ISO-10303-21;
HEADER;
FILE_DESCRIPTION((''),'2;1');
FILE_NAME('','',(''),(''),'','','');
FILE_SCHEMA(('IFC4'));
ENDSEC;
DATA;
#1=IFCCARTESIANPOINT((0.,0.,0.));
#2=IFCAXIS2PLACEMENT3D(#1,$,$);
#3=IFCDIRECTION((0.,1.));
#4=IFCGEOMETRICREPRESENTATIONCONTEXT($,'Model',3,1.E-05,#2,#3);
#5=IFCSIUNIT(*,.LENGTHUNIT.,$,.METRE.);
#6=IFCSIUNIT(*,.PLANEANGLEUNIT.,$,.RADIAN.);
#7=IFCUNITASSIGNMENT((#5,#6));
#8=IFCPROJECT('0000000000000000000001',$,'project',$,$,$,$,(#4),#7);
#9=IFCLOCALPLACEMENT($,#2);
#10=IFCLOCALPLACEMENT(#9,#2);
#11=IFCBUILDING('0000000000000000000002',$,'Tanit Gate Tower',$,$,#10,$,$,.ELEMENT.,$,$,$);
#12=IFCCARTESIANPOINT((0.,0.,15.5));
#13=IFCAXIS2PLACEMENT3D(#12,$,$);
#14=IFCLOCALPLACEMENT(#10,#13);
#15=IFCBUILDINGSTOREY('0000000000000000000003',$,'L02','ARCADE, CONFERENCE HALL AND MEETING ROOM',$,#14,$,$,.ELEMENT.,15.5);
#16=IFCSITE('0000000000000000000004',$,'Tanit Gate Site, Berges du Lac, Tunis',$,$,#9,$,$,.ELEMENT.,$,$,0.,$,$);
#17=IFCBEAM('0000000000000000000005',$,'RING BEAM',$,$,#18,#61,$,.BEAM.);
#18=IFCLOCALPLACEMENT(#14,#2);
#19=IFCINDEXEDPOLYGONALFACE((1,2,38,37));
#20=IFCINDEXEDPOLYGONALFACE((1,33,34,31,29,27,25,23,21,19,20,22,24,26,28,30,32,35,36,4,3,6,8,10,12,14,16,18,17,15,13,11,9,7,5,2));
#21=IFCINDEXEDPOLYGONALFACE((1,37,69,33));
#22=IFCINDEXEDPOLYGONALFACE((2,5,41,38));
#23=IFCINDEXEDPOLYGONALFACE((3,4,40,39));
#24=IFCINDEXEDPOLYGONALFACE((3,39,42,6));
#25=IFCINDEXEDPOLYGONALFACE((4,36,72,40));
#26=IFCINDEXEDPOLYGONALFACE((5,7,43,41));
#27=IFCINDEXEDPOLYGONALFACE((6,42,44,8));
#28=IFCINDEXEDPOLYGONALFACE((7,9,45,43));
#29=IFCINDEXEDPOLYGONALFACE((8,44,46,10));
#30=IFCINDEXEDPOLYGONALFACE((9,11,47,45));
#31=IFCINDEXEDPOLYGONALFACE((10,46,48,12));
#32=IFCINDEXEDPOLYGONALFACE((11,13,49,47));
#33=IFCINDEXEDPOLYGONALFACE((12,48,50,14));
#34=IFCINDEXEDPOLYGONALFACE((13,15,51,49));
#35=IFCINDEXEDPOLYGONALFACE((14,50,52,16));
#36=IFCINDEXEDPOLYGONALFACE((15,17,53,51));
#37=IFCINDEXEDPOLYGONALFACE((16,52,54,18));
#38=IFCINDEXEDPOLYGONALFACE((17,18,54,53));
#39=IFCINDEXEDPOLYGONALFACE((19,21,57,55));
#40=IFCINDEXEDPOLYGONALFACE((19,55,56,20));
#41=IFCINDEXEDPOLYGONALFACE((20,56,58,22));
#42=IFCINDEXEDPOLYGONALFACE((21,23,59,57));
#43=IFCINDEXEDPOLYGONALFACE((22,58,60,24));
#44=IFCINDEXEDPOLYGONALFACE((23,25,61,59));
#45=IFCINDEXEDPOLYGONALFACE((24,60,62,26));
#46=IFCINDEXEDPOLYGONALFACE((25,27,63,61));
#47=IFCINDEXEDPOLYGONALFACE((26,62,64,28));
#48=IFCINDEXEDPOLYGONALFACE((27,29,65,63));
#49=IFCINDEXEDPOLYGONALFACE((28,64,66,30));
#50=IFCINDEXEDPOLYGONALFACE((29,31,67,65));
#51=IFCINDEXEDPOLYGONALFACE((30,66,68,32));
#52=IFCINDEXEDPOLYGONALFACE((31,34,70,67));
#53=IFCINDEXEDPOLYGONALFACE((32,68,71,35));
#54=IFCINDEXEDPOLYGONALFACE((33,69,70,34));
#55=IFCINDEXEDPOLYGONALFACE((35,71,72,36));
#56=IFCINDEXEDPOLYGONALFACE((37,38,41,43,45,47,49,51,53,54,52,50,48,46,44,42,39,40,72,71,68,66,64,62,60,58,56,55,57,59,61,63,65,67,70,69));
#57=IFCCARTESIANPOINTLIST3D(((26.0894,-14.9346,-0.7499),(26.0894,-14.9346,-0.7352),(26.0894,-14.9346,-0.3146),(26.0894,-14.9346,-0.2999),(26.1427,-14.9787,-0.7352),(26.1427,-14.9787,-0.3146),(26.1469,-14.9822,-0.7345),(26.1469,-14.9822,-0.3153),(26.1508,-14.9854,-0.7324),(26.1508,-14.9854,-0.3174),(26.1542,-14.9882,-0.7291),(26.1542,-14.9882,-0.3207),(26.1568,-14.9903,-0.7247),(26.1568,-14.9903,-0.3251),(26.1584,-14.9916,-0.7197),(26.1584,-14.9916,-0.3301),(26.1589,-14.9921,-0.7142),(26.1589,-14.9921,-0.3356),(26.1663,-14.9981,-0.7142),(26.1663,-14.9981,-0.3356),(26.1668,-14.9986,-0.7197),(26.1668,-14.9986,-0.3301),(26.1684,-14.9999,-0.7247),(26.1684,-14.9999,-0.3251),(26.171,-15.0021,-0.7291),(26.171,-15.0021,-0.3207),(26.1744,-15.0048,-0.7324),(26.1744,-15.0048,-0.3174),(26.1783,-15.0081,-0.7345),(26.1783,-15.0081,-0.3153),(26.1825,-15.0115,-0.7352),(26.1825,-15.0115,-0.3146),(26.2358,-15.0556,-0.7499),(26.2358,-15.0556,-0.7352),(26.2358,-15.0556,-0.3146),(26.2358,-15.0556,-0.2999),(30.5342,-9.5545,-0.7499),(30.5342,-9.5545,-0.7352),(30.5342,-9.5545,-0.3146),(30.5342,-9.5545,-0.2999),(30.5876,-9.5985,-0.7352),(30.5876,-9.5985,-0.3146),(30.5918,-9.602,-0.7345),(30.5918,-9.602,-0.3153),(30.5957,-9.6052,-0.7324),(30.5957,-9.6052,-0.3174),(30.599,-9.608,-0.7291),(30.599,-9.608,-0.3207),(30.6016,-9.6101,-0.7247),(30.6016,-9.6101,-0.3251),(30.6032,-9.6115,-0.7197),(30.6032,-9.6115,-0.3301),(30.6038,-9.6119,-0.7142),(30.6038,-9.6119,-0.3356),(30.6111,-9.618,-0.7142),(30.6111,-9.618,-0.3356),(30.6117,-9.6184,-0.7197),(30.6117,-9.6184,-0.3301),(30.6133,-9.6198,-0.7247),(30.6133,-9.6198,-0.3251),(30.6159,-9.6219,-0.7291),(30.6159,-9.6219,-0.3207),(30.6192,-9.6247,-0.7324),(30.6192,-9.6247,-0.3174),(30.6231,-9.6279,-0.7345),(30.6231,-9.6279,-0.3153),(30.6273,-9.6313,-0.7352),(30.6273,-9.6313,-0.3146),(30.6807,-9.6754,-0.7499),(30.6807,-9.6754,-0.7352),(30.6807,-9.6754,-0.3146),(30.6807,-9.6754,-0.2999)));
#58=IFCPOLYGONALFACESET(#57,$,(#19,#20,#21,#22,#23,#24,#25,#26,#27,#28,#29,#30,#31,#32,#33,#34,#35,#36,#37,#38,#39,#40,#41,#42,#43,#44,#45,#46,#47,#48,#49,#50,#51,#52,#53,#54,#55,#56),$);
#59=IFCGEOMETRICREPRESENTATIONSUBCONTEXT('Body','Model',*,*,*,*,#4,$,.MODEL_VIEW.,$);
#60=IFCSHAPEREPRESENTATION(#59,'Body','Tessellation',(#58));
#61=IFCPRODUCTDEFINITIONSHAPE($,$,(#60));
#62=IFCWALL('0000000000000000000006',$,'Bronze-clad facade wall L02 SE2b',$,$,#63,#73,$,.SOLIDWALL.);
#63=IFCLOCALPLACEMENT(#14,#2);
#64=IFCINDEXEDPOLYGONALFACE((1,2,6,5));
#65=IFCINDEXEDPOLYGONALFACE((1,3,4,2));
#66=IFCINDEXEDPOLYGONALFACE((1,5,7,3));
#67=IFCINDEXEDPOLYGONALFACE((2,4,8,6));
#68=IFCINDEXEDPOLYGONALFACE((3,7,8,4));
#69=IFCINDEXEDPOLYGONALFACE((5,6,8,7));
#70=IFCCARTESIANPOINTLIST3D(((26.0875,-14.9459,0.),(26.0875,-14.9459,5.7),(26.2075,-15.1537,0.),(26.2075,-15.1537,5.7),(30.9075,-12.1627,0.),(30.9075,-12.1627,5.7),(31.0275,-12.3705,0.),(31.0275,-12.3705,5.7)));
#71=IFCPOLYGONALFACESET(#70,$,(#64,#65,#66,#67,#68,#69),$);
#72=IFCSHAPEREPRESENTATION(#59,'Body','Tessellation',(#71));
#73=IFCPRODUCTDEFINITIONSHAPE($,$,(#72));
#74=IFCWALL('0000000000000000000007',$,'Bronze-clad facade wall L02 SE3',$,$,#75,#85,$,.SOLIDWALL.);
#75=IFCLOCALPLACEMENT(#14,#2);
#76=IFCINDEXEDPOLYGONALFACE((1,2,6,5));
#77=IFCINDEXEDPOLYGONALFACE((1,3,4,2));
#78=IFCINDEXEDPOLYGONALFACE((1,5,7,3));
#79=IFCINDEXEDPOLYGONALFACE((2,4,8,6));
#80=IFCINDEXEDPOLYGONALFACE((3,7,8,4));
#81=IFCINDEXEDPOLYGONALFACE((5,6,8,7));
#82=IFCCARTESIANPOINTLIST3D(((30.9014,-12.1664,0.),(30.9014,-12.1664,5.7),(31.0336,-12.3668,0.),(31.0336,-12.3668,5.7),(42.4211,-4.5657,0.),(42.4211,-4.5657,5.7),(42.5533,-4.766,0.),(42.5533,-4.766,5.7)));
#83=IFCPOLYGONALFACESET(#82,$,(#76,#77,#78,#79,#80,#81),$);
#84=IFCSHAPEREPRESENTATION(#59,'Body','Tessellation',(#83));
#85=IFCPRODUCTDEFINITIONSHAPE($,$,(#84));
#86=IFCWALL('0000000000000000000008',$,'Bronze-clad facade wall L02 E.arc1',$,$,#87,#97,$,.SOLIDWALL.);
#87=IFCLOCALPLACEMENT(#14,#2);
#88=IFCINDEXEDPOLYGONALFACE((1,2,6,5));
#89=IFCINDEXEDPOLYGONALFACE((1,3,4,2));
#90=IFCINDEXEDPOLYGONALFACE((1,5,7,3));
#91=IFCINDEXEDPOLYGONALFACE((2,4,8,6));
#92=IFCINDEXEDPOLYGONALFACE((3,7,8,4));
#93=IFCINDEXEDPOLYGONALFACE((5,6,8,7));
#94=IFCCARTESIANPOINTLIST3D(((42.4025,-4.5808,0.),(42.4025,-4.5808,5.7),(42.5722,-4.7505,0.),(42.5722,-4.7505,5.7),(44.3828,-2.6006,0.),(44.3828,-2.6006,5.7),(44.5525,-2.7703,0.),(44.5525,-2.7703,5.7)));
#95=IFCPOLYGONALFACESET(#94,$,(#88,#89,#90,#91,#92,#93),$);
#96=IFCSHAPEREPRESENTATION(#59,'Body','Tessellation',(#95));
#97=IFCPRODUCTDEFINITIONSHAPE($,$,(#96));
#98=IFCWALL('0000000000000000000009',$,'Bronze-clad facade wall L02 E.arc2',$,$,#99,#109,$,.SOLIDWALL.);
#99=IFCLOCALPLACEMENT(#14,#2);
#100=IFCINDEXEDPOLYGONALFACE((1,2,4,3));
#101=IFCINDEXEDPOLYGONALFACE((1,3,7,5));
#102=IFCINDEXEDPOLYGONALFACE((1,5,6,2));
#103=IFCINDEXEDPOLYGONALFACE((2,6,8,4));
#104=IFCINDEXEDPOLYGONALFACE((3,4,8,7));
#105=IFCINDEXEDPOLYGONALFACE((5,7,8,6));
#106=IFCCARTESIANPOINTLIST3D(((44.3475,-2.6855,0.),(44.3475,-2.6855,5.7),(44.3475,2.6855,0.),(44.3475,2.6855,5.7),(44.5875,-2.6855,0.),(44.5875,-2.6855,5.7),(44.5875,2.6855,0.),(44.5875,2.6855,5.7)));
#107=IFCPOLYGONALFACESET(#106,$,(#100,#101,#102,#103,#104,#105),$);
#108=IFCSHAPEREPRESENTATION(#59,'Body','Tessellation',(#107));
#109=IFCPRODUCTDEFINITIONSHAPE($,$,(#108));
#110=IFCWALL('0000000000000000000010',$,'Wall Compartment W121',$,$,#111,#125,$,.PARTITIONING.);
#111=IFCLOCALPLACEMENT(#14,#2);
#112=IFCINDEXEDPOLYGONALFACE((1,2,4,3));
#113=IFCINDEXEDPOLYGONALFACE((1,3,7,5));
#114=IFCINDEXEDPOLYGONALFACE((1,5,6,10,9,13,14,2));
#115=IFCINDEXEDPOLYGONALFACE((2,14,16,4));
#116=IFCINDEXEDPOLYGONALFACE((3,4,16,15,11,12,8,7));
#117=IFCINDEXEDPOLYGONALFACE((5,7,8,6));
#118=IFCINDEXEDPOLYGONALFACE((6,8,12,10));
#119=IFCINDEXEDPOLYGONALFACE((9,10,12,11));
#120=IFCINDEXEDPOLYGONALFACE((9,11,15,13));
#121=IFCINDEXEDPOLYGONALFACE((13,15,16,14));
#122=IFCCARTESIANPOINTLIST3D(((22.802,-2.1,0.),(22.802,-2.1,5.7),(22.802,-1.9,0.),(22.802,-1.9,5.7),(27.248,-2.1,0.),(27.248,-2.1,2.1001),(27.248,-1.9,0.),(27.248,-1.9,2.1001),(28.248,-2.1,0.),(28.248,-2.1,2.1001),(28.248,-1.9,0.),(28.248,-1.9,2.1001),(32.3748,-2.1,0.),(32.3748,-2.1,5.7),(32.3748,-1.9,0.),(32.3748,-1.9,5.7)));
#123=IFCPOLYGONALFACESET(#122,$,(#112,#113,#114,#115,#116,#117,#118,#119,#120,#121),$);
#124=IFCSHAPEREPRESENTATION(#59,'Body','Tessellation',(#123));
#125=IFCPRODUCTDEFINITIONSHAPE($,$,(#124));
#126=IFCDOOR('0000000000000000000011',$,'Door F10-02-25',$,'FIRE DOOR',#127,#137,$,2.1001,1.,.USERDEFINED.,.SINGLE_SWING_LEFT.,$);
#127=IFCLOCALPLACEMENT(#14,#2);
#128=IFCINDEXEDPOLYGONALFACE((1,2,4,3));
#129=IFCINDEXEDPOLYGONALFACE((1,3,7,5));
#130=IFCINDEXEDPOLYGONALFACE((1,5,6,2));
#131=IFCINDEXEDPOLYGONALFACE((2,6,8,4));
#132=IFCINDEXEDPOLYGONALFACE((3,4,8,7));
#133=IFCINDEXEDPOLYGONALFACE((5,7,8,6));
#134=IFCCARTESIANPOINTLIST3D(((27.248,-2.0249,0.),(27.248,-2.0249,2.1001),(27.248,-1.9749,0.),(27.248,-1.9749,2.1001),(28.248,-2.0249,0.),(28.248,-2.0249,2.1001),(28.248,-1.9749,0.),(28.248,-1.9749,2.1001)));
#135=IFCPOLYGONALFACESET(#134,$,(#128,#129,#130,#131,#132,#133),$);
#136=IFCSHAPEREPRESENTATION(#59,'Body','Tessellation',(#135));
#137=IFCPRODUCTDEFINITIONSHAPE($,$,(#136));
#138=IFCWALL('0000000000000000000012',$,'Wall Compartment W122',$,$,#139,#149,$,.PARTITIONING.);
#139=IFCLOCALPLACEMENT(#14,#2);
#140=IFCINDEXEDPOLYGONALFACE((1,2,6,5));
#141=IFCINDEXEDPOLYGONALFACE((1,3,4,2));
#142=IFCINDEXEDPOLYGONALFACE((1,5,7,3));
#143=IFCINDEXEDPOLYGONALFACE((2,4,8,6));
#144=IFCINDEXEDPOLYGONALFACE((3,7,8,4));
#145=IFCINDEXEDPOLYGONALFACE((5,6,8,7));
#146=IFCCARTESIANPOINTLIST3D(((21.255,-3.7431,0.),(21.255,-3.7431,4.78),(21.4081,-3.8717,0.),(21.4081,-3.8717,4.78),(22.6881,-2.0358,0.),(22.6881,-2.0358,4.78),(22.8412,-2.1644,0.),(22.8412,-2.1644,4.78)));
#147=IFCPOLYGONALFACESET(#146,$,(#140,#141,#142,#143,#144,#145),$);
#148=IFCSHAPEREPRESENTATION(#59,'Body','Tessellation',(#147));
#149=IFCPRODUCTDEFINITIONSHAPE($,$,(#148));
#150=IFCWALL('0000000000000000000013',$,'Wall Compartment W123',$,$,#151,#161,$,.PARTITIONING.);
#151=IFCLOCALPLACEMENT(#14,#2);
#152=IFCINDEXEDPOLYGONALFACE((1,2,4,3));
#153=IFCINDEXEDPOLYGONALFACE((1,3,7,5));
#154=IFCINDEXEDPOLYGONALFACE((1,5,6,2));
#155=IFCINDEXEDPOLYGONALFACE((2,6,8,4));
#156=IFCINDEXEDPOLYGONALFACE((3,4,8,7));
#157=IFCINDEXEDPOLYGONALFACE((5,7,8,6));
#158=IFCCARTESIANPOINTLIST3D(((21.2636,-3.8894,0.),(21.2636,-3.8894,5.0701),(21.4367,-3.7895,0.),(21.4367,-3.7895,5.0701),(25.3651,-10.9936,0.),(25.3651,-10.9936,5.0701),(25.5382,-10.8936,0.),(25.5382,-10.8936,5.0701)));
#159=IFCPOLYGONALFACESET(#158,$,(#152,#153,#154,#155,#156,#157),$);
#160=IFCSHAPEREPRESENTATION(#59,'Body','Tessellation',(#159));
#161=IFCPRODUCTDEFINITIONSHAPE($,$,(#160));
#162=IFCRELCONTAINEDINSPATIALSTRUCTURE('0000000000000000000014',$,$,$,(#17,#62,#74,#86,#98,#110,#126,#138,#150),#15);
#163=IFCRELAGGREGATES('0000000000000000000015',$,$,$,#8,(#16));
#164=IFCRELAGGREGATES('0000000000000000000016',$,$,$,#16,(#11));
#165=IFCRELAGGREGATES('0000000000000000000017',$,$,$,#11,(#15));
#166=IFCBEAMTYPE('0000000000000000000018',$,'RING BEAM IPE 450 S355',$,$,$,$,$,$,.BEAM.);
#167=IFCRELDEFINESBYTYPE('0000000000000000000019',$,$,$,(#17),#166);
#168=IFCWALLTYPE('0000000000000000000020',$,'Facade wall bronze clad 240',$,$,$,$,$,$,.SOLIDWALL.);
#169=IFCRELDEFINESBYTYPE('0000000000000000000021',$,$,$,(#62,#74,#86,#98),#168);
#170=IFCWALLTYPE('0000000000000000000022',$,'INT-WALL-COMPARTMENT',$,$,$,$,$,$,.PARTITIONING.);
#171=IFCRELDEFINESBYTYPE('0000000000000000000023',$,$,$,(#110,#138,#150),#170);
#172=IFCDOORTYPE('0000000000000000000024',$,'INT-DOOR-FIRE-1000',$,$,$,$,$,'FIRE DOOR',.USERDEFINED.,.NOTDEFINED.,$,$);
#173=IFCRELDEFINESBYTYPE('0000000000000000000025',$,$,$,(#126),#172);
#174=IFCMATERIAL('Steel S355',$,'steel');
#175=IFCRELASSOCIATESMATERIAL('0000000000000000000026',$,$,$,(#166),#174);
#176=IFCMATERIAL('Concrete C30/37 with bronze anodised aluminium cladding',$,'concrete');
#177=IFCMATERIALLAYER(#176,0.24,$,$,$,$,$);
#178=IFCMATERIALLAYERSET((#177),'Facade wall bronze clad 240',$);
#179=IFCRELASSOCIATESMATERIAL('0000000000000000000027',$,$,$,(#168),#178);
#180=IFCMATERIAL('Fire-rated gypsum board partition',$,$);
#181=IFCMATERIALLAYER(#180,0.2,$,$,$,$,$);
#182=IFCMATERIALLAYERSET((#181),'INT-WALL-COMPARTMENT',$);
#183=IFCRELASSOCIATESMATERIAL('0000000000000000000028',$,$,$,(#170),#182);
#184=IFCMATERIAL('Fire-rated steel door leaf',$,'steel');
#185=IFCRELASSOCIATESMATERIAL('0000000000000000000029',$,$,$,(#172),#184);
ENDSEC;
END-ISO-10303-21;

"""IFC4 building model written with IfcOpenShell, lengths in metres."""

from ifc_helpers import new_model, si_unit, direction, frame, frame_2d, origin, origin_2d, place, context, subcontext, project, spatial, rectangle, i_section, extrude, material, layer, layer_set, material_profile, profile_set, type_object, element, fill, save


model = new_model("IFC4")

# Units and contexts
model_context = context("Model", 3, precision=1e-05, world=origin(), true_north=direction((0.0, 1.0)))
body_context = subcontext(model_context, "Body", "Model", "MODEL_VIEW")
ifc_project = project(units=[si_unit("LENGTHUNIT", "METRE"), si_unit("PLANEANGLEUNIT", "RADIAN")], contexts=[model_context])

# Site, building, storey
site_placement = place(None, origin())
site = spatial("IfcSite", under=ifc_project, at=site_placement, Name="Tanit Gate Site, Berges du Lac, Tunis", CompositionType="ELEMENT", RefElevation=0.0)
building_placement = place(site_placement, origin())
building = spatial("IfcBuilding", under=site, at=building_placement, Name="Tanit Gate Tower", CompositionType="ELEMENT")
storey_placement = place(building_placement, frame((0.0, 0.0, 15.5)))
storey = spatial("IfcBuildingStorey", under=building, at=storey_placement, Name="L02", Description="ARCADE, CONFERENCE HALL AND MEETING ROOM", CompositionType="ELEMENT", Elevation=15.5)

# Beam
ifc_material_1 = material(Name="Steel S355", Category="steel")
ifc_material_profile_1 = material_profile(ifc_material_1, i_section(OverallWidth=0.1899, OverallDepth=0.45, WebThickness=0.0095, FlangeThickness=0.0146, FilletRadius=0.021, at=origin_2d()), Name="IPE 450")
ifc_profile_set_1 = profile_set([ifc_material_profile_1], Name="Steel S355")
beam_type_1 = type_object("IfcBeamType", Name="RING BEAM IPE 450 S355", PredefinedType="BEAM", material=ifc_profile_set_1)
beam_1_placement = place(storey_placement, frame((26.1626, -14.9951, -0.5249), z_axis=(0.636913, 0.770936, 0.0), x_axis=(-0.770936, 0.636913, 0.0)))
element("IfcBeam", 1, at=beam_1_placement, inside=storey, type_object=beam_type_1, Name="RING BEAM", PredefinedType="BEAM", context=body_context, shape_type="SweptSolid", body=[
    extrude(i_section(OverallWidth=0.1899, OverallDepth=0.45, WebThickness=0.0095, FlangeThickness=0.0146, FilletRadius=0.021, at=origin_2d()), origin(), (0.0, 0.0, 1.0), 6.9788),
])

# Walls
ifc_material_2 = material(Name="Concrete C30/37 with bronze anodised aluminium cladding", Category="concrete")
ifc_layer_1 = layer(ifc_material_2, 0.24)
ifc_layer_set_1 = layer_set([ifc_layer_1], Name="Facade wall bronze clad 240")
wall_type_1 = type_object("IfcWallType", Name="Facade wall bronze clad 240", PredefinedType="SOLIDWALL", material=ifc_layer_set_1)
wall_1_placement = place(storey_placement, frame((26.1475, -15.0498, 0.0), z_axis=(0.0, 0.0, 1.0), x_axis=(0.865999, 0.500045, 0.0)))
element("IfcWall", 2, at=wall_1_placement, inside=storey, type_object=wall_type_1, Name="Bronze-clad facade wall L02 SE2b", PredefinedType="SOLIDWALL", context=body_context, shape_type="SweptSolid", body=[
    extrude(rectangle(XDim=5.5659, YDim=0.24, at=frame_2d((2.783, 0.0))), origin(), (0.0, 0.0, 1.0), 5.7),
])
wall_2_placement = place(storey_placement, frame((30.9675, -12.2666, 0.0), z_axis=(0.0, 0.0, 1.0), x_axis=(0.834683, 0.55073, 0.0)))
element("IfcWall", 3, at=wall_2_placement, inside=storey, type_object=wall_type_1, Name="Bronze-clad facade wall L02 SE3", PredefinedType="SOLIDWALL", context=body_context, shape_type="SweptSolid", body=[
    extrude(rectangle(XDim=13.8013, YDim=0.24, at=frame_2d((6.9006, 0.0))), origin(), (0.0, 0.0, 1.0), 5.7),
])
wall_3_placement = place(storey_placement, frame((42.4873, -4.6658, 0.0), z_axis=(0.0, 0.0, 1.0), x_axis=(0.707107, 0.707107, 0.0)))
element("IfcWall", 4, at=wall_3_placement, inside=storey, type_object=wall_type_1, Name="Bronze-clad facade wall L02 E.arc1", PredefinedType="SOLIDWALL", context=body_context, shape_type="SweptSolid", body=[
    extrude(rectangle(XDim=2.8005, YDim=0.24, at=frame_2d((1.4004, 0.0))), origin(), (0.0, 0.0, 1.0), 5.7),
])
wall_4_placement = place(storey_placement, frame((44.4675, -2.6855, 0.0), z_axis=(0.0, 0.0, 1.0), x_axis=(0.0, 1.0, 0.0)))
element("IfcWall", 5, at=wall_4_placement, inside=storey, type_object=wall_type_1, Name="Bronze-clad facade wall L02 E.arc2", PredefinedType="SOLIDWALL", context=body_context, shape_type="SweptSolid", body=[
    extrude(rectangle(XDim=5.3711, YDim=0.24, at=frame_2d((2.6855, 0.0))), origin(), (0.0, 0.0, 1.0), 5.7),
])

# Wall, opening, door
ifc_material_3 = material(Name="Fire-rated gypsum board partition")
ifc_layer_2 = layer(ifc_material_3, 0.2)
ifc_layer_set_2 = layer_set([ifc_layer_2], Name="INT-WALL-COMPARTMENT")
wall_type_2 = type_object("IfcWallType", Name="INT-WALL-COMPARTMENT", PredefinedType="PARTITIONING", material=ifc_layer_set_2)
wall_5_placement = place(storey_placement, frame((32.3748, -2.0, 0.0), z_axis=(0.0, 0.0, 1.0), x_axis=(-1.0, 0.0, 0.0)))
wall_5 = element("IfcWall", 6, at=wall_5_placement, inside=storey, type_object=wall_type_2, Name="Wall Compartment W121", PredefinedType="PARTITIONING", context=body_context, shape_type="SweptSolid", body=[
    extrude(rectangle(XDim=9.5728, YDim=0.2, at=frame_2d((4.7864, 0.0))), origin(), (0.0, 0.0, 1.0), 5.7),
])
opening_1_placement = place(wall_5_placement, frame((4.1267, 0.0, 0.0)))
opening_1 = element("IfcOpeningElement", 7, at=opening_1_placement, cuts=wall_5, PredefinedType="OPENING", context=body_context, shape_type="SweptSolid", body=[
    extrude(rectangle(XDim=1.0, YDim=2.1001, at=frame_2d((0.5, 1.05))), frame((0.0, 0.1099, 0.0), z_axis=(0.0, -1.0, 0.0), x_axis=(1.0, 0.0, 0.0)), (0.0, 0.0, 1.0), 0.22),
])
ifc_material_4 = material(Name="Fire-rated steel door leaf", Category="steel")
door_type = type_object("IfcDoorType", Name="INT-DOOR-FIRE-1000", ElementType="FIRE DOOR", OperationType="NOTDEFINED", PredefinedType="USERDEFINED", material=ifc_material_4)
door_1_placement = place(opening_1_placement, origin())
door_1 = element("IfcDoor", 8, at=door_1_placement, inside=storey, type_object=door_type, Name="Door F10-02-25", ObjectType="FIRE DOOR", OperationType="SINGLE_SWING_LEFT", OverallHeight=2.1001, OverallWidth=1.0, PredefinedType="USERDEFINED", context=body_context, shape_type="SweptSolid", body=[
    extrude(rectangle(XDim=1.0, YDim=2.1001, at=frame_2d((0.5, 1.05))), frame((0.0, 0.0249, 0.0), z_axis=(0.0, -1.0, 0.0), x_axis=(1.0, 0.0, 0.0)), (0.0, 0.0, 1.0), 0.05),
])
fill(opening_1, door_1)

# Walls
wall_6_placement = place(storey_placement, frame((21.3315, -3.8074, 0.0), z_axis=(0.0, 0.0, 1.0), x_axis=(0.642927, 0.765927, 0.0)))
element("IfcWall", 9, at=wall_6_placement, inside=storey, type_object=wall_type_2, Name="Wall Compartment W122", PredefinedType="PARTITIONING", context=body_context, shape_type="SweptSolid", body=[
    extrude(rectangle(XDim=2.229, YDim=0.2, at=frame_2d((1.1145, 0.0))), origin(), (0.0, 0.0, 1.0), 4.78),
])
wall_7_placement = place(storey_placement, frame((25.4517, -10.9436, 0.0), z_axis=(0.0, 0.0, 1.0), x_axis=(-0.499993, 0.866029, 0.0)))
element("IfcWall", 10, at=wall_7_placement, inside=storey, type_object=wall_type_2, Name="Wall Compartment W123", PredefinedType="PARTITIONING", context=body_context, shape_type="SweptSolid", body=[
    extrude(rectangle(XDim=8.2031, YDim=0.2, at=frame_2d((4.1016, 0.0))), origin(), (0.0, 0.0, 1.0), 5.0701),
])

save(model, "model.ifc")
